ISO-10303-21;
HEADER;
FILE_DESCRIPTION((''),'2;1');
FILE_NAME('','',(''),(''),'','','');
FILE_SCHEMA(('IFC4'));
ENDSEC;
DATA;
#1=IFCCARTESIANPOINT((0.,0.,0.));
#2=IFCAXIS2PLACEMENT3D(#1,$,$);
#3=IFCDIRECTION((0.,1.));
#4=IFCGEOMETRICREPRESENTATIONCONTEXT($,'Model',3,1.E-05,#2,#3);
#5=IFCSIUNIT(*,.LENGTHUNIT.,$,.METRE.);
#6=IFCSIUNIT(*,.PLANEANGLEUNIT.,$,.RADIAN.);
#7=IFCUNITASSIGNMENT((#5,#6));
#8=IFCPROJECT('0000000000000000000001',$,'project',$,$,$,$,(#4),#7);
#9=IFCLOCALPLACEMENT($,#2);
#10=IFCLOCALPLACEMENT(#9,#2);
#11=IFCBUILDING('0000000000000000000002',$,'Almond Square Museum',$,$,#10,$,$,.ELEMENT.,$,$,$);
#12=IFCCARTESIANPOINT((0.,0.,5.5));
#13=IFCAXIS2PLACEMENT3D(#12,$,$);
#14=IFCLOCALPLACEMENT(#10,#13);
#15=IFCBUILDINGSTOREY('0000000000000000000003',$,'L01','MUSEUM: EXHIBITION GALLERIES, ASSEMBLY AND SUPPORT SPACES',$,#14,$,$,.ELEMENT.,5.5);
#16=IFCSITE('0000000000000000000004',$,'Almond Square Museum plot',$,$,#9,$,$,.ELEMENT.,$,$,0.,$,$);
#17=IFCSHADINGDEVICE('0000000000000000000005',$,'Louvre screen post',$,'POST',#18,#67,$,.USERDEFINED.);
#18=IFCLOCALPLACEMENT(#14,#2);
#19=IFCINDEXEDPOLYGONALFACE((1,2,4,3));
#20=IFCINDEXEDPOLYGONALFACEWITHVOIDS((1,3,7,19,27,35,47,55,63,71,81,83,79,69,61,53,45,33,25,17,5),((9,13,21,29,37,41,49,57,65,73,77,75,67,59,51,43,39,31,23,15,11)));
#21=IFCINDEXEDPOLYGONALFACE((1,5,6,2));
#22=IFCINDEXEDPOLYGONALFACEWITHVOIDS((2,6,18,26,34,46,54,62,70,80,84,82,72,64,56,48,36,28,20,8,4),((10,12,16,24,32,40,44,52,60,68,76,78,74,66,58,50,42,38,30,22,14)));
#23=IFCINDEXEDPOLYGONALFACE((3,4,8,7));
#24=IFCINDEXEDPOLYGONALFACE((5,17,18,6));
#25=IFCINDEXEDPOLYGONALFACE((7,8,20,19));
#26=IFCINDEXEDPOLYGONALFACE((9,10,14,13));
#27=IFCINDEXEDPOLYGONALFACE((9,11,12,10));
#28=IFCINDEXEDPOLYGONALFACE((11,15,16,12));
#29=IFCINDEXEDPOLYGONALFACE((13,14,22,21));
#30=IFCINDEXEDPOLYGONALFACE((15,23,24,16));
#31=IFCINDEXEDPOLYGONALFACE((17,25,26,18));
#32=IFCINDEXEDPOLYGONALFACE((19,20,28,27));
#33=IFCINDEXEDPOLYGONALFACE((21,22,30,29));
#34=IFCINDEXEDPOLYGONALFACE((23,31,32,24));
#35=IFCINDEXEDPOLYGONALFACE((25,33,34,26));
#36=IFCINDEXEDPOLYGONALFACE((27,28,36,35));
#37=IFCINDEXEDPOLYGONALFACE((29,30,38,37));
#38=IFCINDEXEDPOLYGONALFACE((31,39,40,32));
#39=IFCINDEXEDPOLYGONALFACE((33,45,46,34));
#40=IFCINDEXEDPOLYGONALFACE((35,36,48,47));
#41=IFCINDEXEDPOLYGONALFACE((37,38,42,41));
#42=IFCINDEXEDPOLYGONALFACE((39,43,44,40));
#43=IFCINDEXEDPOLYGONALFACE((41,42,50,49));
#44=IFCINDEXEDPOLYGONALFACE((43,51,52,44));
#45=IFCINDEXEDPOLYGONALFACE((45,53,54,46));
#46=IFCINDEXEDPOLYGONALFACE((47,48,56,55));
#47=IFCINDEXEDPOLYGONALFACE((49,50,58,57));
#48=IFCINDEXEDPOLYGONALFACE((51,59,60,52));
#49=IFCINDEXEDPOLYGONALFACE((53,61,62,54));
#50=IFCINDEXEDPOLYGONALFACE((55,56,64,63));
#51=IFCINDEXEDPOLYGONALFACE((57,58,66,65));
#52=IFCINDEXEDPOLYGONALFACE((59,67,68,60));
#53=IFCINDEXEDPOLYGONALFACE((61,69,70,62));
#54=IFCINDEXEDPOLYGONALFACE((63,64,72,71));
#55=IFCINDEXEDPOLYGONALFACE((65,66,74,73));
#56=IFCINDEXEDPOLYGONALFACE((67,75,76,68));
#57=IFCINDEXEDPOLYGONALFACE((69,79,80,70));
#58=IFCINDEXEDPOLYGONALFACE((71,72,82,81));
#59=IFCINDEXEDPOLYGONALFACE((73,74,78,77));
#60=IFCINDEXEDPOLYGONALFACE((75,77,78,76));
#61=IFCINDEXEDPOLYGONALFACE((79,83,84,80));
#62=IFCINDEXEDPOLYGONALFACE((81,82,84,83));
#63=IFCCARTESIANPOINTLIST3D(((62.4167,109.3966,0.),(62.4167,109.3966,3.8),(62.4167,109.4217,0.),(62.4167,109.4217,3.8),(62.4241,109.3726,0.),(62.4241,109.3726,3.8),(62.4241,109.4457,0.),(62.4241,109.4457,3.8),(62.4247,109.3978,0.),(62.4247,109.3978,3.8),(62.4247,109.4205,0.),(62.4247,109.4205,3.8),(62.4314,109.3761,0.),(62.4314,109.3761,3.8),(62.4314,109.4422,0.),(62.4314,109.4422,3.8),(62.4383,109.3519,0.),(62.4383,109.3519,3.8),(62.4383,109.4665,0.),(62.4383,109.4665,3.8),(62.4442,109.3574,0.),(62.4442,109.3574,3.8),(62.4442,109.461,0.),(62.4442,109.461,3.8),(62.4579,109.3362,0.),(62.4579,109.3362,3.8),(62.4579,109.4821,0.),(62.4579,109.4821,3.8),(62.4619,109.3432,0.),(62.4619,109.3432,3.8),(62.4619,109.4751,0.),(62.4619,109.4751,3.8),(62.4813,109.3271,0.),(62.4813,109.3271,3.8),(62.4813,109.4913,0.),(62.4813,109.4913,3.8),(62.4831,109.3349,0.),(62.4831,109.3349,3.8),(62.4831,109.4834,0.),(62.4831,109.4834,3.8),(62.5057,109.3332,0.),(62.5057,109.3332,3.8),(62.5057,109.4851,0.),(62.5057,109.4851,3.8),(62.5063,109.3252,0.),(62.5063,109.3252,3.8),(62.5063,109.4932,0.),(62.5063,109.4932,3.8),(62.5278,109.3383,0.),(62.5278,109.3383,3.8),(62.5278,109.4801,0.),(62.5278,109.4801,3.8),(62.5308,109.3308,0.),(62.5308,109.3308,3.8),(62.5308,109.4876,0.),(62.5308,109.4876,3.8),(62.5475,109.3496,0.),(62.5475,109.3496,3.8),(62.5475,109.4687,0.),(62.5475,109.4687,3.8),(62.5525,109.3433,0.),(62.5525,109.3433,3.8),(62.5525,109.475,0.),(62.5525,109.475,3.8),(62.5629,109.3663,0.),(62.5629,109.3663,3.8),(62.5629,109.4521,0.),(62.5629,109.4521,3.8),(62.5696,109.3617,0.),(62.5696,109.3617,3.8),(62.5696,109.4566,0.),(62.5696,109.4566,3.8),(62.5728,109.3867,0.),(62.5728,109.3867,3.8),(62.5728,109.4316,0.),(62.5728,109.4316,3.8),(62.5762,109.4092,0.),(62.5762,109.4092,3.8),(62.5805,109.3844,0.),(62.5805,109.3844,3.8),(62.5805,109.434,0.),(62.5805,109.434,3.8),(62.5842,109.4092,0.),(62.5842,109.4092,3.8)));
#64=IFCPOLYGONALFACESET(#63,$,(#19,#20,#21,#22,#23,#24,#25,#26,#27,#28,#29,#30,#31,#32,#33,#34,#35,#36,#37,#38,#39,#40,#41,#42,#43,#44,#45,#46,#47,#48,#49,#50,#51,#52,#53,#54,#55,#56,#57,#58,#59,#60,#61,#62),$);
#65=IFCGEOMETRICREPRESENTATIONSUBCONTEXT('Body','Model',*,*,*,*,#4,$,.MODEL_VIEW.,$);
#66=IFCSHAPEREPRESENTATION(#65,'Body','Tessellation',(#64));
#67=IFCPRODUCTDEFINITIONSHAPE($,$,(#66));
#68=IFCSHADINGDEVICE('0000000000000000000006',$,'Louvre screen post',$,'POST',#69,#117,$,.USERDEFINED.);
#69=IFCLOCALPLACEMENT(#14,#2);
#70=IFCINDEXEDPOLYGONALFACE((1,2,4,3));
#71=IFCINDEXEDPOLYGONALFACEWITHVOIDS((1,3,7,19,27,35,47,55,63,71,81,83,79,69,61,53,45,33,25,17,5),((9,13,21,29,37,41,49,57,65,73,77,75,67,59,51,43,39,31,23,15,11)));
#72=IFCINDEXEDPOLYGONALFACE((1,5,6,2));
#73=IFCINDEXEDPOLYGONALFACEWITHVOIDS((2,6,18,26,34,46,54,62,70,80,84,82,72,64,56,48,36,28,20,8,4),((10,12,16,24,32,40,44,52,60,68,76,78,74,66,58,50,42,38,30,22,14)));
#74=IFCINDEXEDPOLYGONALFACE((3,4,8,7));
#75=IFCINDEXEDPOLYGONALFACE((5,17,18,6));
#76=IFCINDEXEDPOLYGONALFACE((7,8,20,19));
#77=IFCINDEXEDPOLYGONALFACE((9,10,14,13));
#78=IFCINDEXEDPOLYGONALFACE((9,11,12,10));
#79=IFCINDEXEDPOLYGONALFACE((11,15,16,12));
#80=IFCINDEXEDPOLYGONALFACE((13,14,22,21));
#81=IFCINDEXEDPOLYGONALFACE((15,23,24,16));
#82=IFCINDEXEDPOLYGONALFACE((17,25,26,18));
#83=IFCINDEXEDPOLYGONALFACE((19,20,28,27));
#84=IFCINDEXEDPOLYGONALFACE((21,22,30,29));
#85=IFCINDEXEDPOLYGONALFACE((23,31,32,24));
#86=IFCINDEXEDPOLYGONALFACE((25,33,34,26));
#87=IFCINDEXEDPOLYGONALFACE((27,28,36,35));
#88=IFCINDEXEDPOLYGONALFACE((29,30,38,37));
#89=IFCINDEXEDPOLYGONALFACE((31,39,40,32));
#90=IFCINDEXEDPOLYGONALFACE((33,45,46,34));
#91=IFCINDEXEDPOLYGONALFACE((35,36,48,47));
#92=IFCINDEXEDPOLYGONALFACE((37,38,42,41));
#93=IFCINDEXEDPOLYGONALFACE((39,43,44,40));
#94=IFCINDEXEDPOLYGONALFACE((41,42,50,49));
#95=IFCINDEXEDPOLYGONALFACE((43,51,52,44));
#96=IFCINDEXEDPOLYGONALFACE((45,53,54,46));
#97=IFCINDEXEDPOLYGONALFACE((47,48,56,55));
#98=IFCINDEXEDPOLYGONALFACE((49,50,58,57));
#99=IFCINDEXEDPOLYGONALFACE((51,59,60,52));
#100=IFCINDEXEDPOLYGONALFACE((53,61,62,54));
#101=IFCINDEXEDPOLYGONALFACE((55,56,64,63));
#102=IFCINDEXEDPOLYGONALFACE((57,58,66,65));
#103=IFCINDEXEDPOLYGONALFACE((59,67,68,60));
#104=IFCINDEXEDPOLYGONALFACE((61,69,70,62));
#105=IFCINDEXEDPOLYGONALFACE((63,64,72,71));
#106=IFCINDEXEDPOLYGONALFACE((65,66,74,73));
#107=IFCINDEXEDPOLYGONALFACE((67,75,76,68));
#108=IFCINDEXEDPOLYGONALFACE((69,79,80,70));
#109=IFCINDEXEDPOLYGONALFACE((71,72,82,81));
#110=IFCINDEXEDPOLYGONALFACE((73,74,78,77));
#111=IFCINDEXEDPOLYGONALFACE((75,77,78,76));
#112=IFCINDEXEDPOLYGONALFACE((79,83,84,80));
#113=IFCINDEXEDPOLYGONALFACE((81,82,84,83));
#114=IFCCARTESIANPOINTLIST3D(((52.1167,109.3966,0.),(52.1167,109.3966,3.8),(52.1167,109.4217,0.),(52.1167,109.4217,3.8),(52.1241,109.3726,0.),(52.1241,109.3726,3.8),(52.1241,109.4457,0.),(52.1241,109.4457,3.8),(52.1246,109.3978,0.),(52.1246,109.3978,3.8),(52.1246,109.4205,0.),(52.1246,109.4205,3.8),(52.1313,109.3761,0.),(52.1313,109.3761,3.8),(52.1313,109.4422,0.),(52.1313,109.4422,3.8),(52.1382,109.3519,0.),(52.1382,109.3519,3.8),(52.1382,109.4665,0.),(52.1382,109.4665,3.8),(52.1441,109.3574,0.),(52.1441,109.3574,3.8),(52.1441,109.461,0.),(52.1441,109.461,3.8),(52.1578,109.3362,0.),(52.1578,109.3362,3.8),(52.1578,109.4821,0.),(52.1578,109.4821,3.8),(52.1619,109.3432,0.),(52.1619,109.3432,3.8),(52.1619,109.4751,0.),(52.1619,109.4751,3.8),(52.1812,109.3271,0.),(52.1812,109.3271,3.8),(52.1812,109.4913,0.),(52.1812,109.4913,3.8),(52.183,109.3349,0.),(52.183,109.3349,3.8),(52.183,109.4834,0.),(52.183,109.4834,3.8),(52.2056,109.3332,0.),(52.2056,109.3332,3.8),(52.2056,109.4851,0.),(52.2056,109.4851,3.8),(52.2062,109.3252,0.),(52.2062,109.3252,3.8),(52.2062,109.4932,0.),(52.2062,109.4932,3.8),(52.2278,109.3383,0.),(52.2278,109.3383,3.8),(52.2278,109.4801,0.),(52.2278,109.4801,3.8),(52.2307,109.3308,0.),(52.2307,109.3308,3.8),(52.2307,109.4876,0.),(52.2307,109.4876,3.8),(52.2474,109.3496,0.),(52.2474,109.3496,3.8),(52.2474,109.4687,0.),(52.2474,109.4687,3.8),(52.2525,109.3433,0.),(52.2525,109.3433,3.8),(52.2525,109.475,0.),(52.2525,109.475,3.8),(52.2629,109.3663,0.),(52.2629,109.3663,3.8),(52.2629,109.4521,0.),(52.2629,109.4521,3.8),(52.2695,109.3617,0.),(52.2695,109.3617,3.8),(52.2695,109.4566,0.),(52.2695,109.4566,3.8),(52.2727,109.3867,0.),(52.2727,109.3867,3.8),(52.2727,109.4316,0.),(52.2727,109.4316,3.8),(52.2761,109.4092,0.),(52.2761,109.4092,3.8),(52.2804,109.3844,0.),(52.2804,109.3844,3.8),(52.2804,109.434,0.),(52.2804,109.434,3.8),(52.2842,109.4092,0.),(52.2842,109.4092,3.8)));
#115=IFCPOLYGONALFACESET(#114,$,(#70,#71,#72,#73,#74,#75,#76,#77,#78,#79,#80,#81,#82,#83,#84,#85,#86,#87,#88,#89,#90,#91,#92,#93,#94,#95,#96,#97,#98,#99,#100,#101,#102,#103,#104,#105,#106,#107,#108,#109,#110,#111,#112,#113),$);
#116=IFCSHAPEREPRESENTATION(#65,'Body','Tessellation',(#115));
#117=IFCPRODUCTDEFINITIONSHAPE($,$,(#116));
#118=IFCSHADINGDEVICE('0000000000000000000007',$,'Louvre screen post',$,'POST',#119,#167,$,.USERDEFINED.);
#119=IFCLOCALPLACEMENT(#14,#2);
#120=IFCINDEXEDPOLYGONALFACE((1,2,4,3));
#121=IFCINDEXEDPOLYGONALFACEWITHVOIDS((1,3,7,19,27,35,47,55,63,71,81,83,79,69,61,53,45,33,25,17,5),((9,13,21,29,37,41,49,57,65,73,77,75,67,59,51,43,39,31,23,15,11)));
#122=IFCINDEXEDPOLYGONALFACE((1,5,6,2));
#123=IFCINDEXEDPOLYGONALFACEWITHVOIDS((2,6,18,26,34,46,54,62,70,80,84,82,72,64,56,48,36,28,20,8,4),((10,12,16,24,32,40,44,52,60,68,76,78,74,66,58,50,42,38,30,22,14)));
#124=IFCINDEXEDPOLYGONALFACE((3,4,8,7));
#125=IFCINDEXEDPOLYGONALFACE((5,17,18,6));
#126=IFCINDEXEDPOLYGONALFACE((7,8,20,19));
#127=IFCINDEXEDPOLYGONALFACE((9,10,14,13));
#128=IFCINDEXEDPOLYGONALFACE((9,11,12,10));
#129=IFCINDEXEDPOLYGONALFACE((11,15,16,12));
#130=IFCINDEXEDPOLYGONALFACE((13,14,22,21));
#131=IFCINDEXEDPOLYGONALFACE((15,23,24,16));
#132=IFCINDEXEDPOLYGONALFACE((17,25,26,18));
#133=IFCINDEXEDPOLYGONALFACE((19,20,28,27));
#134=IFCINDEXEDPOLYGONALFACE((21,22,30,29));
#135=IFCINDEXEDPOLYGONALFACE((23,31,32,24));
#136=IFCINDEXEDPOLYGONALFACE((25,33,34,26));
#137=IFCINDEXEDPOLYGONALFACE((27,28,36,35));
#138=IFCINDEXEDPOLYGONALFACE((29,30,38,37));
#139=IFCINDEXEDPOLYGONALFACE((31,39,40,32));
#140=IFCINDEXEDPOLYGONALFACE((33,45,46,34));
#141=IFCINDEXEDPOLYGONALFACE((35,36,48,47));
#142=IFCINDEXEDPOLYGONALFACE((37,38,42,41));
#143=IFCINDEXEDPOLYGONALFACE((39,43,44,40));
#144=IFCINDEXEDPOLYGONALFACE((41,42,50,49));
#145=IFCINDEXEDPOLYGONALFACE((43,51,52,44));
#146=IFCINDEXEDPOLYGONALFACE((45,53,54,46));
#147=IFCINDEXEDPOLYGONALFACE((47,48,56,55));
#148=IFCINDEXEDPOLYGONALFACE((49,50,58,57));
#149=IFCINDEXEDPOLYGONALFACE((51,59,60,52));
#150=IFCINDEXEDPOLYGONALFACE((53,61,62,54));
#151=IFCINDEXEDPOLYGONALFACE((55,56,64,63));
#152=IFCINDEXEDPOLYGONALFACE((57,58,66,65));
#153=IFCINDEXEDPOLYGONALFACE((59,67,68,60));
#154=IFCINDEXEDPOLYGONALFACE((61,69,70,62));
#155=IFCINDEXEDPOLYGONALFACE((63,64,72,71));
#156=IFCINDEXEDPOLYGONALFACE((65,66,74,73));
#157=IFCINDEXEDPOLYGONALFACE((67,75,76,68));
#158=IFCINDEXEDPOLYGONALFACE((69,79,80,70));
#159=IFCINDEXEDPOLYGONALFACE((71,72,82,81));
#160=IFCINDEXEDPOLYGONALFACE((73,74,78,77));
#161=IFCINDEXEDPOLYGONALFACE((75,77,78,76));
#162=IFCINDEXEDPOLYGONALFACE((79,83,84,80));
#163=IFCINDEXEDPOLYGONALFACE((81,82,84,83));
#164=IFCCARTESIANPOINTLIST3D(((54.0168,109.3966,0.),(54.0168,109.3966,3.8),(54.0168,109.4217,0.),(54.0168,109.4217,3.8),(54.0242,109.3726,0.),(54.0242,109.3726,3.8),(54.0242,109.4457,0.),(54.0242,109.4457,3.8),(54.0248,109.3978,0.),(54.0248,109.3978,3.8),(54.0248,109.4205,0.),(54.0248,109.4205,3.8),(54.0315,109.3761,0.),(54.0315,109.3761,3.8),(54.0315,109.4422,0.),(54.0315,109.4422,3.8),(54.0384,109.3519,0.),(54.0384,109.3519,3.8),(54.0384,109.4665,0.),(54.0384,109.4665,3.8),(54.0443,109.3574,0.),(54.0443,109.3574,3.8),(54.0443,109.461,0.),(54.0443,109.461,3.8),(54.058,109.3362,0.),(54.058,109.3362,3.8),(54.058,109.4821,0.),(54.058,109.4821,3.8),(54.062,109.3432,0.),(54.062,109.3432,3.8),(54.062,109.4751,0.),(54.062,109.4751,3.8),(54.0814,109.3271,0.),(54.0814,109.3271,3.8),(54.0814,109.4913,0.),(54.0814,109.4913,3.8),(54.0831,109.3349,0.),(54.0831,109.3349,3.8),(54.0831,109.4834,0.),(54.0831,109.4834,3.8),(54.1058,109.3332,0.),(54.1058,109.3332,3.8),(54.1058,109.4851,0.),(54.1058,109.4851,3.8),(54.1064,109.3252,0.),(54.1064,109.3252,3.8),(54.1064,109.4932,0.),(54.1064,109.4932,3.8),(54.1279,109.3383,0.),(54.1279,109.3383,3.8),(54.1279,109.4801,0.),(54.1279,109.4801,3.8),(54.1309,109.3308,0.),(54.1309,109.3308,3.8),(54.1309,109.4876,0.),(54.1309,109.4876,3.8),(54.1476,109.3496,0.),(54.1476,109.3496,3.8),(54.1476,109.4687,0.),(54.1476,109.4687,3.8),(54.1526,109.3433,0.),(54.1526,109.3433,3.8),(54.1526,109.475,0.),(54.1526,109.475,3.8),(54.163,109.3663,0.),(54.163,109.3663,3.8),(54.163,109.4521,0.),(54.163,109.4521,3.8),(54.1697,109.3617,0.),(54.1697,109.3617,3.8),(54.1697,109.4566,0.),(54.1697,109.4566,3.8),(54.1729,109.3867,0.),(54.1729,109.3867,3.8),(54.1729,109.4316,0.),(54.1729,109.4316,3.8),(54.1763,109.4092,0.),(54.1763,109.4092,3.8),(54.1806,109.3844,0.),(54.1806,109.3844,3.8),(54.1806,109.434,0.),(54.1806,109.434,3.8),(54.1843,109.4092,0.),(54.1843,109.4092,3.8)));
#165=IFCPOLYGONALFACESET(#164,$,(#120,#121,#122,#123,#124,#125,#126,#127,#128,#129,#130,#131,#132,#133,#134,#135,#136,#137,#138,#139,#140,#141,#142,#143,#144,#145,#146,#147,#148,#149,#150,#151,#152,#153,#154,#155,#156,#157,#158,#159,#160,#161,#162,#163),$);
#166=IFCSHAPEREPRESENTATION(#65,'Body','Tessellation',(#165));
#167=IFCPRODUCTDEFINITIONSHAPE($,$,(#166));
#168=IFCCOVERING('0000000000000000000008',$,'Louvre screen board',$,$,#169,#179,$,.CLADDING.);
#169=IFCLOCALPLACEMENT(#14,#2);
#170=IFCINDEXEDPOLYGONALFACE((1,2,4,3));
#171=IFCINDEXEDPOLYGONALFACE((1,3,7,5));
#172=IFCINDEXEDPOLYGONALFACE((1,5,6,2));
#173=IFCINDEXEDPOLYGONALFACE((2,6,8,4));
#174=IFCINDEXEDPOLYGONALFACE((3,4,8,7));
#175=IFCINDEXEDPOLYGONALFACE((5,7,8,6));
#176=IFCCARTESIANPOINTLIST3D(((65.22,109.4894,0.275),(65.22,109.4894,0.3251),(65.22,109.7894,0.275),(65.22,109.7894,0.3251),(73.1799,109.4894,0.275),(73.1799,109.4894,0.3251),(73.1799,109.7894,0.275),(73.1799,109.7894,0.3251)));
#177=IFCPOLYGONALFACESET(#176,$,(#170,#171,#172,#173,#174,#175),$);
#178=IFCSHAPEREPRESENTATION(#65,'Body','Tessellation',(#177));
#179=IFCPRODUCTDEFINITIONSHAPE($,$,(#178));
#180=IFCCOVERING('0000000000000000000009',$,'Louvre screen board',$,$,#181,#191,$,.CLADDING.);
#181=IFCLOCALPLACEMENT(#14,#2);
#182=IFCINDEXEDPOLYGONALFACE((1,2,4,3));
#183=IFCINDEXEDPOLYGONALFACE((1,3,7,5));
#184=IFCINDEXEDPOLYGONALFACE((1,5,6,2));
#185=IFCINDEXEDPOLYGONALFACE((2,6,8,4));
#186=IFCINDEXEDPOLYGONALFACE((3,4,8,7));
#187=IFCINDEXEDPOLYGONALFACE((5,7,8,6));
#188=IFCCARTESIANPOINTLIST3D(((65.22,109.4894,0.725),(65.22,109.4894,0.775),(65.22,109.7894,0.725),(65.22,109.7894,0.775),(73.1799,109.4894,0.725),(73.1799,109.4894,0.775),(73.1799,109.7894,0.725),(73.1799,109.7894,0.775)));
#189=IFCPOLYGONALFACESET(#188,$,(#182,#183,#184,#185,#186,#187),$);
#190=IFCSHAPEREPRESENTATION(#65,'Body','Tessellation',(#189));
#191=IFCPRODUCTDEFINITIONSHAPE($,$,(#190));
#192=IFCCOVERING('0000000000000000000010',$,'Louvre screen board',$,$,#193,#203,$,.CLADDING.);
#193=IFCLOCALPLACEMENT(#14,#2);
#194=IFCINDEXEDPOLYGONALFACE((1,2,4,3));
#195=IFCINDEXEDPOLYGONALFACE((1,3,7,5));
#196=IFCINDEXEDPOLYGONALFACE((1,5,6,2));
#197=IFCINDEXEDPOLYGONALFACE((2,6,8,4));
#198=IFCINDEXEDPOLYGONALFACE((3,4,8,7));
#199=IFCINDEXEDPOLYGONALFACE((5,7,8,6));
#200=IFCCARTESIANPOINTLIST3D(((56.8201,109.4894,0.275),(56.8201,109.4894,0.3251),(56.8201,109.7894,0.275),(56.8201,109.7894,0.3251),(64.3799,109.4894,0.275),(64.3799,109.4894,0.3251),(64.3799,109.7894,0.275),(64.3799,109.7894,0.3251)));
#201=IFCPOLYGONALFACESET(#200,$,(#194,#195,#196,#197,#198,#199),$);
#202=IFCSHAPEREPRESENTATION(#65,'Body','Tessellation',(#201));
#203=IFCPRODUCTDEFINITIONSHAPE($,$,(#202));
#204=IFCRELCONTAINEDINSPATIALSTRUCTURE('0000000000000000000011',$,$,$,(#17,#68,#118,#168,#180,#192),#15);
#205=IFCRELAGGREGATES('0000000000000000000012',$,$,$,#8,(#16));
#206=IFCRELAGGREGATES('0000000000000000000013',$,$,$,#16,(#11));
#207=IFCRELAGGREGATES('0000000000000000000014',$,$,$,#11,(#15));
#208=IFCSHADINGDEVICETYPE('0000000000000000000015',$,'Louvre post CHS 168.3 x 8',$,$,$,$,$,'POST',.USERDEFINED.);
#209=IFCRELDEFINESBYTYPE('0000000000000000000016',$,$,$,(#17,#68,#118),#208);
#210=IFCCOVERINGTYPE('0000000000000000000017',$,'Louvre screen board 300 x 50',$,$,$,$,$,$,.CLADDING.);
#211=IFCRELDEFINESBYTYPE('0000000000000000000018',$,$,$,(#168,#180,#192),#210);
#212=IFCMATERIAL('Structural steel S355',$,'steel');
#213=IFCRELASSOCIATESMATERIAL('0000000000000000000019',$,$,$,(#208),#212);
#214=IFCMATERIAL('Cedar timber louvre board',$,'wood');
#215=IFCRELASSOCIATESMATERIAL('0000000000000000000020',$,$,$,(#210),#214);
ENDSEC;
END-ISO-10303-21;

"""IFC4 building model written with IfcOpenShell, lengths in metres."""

from ifc_helpers import new_model, si_unit, direction, frame, origin, origin_2d, place, context, subcontext, project, spatial, rectangle, hollow_circle, extrude, material, material_profile, profile_set, type_object, element, save


model = new_model("IFC4")

# Units and contexts
model_context = context("Model", 3, precision=1e-05, world=origin(), true_north=direction((0.0, 1.0)))
body_context = subcontext(model_context, "Body", "Model", "MODEL_VIEW")
ifc_project = project(units=[si_unit("LENGTHUNIT", "METRE"), si_unit("PLANEANGLEUNIT", "RADIAN")], contexts=[model_context])

# Site, building, storey
site_placement = place(None, origin())
site = spatial("IfcSite", under=ifc_project, at=site_placement, Name="Almond Square Museum plot", CompositionType="ELEMENT", RefElevation=0.0)
building_placement = place(site_placement, origin())
building = spatial("IfcBuilding", under=site, at=building_placement, Name="Almond Square Museum", CompositionType="ELEMENT")
storey_placement = place(building_placement, frame((0.0, 0.0, 5.5)))
storey = spatial("IfcBuildingStorey", under=building, at=storey_placement, Name="L01", Description="MUSEUM: EXHIBITION GALLERIES, ASSEMBLY AND SUPPORT SPACES", CompositionType="ELEMENT", Elevation=5.5)

# Shading devices
ifc_material_1 = material(Name="Structural steel S355", Category="steel")
ifc_material_profile_1 = material_profile(ifc_material_1, hollow_circle(Radius=0.0842, WallThickness=0.0081, at=origin_2d()))
ifc_profile_set_1 = profile_set([ifc_material_profile_1], Name="Structural steel S355")
shading_device_type = type_object("IfcShadingDeviceType", Name="Louvre post CHS 168.3 x 8", ElementType="POST", PredefinedType="USERDEFINED", material=ifc_profile_set_1)
for number, where, z_axis, x_axis, name in (
    (1, (62.5, 109.4092, 0.0), (0.0, 0.0, 1.0), (1.0, 0.0, 0.0), "Louvre screen post"),
    (2, (52.2, 109.4092, 0.0), (0.0, 0.0, 1.0), (1.0, 0.0, 0.0), "Louvre screen post"),
    (3, (54.1001, 109.4092, 0.0), (0.0, 0.0, 1.0), (1.0, 0.0, 0.0), "Louvre screen post"),
):
    element("IfcShadingDevice", number, at=place(storey_placement, frame(where, z_axis=z_axis, x_axis=x_axis)), inside=storey, type_object=shading_device_type, Name=name, ObjectType="POST", PredefinedType="USERDEFINED", context=body_context, shape_type="SweptSolid", body=[
        extrude(hollow_circle(Radius=0.0842, WallThickness=0.0081, at=origin_2d()), origin(), (0.0, 0.0, 1.0), 3.8),
    ])

# Coverings
ifc_material_2 = material(Name="Cedar timber louvre board", Category="wood")
ifc_material_profile_2 = material_profile(ifc_material_2, rectangle(XDim=0.3, YDim=0.05, at=origin_2d()))
ifc_profile_set_2 = profile_set([ifc_material_profile_2], Name="Cedar timber louvre board")
covering_type = type_object("IfcCoveringType", Name="Louvre screen board 300 x 50", PredefinedType="CLADDING", material=ifc_profile_set_2)
for number, where, z_axis, x_axis, name in (
    (4, (65.22, 109.6394, 0.3), (1.0, 0.0, 0.0), (0.0, 1.0, 0.0), "Louvre screen board"),
    (5, (65.22, 109.6394, 0.75), (1.0, 0.0, 0.0), (0.0, 1.0, 0.0), "Louvre screen board"),
):
    element("IfcCovering", number, at=place(storey_placement, frame(where, z_axis=z_axis, x_axis=x_axis)), inside=storey, type_object=covering_type, Name=name, PredefinedType="CLADDING", context=body_context, shape_type="SweptSolid", body=[
        extrude(rectangle(XDim=0.3, YDim=0.05, at=origin_2d()), origin(), (0.0, 0.0, 1.0), 7.96),
    ])
for number, where, z_axis, x_axis, name in (
    (6, (56.8201, 109.6394, 0.3), (1.0, 0.0, 0.0), (0.0, 1.0, 0.0), "Louvre screen board"),
):
    element("IfcCovering", number, at=place(storey_placement, frame(where, z_axis=z_axis, x_axis=x_axis)), inside=storey, type_object=covering_type, Name=name, PredefinedType="CLADDING", context=body_context, shape_type="SweptSolid", body=[
        extrude(rectangle(XDim=0.3, YDim=0.05, at=origin_2d()), origin(), (0.0, 0.0, 1.0), 7.5598),
    ])

save(model, "model.ifc")
